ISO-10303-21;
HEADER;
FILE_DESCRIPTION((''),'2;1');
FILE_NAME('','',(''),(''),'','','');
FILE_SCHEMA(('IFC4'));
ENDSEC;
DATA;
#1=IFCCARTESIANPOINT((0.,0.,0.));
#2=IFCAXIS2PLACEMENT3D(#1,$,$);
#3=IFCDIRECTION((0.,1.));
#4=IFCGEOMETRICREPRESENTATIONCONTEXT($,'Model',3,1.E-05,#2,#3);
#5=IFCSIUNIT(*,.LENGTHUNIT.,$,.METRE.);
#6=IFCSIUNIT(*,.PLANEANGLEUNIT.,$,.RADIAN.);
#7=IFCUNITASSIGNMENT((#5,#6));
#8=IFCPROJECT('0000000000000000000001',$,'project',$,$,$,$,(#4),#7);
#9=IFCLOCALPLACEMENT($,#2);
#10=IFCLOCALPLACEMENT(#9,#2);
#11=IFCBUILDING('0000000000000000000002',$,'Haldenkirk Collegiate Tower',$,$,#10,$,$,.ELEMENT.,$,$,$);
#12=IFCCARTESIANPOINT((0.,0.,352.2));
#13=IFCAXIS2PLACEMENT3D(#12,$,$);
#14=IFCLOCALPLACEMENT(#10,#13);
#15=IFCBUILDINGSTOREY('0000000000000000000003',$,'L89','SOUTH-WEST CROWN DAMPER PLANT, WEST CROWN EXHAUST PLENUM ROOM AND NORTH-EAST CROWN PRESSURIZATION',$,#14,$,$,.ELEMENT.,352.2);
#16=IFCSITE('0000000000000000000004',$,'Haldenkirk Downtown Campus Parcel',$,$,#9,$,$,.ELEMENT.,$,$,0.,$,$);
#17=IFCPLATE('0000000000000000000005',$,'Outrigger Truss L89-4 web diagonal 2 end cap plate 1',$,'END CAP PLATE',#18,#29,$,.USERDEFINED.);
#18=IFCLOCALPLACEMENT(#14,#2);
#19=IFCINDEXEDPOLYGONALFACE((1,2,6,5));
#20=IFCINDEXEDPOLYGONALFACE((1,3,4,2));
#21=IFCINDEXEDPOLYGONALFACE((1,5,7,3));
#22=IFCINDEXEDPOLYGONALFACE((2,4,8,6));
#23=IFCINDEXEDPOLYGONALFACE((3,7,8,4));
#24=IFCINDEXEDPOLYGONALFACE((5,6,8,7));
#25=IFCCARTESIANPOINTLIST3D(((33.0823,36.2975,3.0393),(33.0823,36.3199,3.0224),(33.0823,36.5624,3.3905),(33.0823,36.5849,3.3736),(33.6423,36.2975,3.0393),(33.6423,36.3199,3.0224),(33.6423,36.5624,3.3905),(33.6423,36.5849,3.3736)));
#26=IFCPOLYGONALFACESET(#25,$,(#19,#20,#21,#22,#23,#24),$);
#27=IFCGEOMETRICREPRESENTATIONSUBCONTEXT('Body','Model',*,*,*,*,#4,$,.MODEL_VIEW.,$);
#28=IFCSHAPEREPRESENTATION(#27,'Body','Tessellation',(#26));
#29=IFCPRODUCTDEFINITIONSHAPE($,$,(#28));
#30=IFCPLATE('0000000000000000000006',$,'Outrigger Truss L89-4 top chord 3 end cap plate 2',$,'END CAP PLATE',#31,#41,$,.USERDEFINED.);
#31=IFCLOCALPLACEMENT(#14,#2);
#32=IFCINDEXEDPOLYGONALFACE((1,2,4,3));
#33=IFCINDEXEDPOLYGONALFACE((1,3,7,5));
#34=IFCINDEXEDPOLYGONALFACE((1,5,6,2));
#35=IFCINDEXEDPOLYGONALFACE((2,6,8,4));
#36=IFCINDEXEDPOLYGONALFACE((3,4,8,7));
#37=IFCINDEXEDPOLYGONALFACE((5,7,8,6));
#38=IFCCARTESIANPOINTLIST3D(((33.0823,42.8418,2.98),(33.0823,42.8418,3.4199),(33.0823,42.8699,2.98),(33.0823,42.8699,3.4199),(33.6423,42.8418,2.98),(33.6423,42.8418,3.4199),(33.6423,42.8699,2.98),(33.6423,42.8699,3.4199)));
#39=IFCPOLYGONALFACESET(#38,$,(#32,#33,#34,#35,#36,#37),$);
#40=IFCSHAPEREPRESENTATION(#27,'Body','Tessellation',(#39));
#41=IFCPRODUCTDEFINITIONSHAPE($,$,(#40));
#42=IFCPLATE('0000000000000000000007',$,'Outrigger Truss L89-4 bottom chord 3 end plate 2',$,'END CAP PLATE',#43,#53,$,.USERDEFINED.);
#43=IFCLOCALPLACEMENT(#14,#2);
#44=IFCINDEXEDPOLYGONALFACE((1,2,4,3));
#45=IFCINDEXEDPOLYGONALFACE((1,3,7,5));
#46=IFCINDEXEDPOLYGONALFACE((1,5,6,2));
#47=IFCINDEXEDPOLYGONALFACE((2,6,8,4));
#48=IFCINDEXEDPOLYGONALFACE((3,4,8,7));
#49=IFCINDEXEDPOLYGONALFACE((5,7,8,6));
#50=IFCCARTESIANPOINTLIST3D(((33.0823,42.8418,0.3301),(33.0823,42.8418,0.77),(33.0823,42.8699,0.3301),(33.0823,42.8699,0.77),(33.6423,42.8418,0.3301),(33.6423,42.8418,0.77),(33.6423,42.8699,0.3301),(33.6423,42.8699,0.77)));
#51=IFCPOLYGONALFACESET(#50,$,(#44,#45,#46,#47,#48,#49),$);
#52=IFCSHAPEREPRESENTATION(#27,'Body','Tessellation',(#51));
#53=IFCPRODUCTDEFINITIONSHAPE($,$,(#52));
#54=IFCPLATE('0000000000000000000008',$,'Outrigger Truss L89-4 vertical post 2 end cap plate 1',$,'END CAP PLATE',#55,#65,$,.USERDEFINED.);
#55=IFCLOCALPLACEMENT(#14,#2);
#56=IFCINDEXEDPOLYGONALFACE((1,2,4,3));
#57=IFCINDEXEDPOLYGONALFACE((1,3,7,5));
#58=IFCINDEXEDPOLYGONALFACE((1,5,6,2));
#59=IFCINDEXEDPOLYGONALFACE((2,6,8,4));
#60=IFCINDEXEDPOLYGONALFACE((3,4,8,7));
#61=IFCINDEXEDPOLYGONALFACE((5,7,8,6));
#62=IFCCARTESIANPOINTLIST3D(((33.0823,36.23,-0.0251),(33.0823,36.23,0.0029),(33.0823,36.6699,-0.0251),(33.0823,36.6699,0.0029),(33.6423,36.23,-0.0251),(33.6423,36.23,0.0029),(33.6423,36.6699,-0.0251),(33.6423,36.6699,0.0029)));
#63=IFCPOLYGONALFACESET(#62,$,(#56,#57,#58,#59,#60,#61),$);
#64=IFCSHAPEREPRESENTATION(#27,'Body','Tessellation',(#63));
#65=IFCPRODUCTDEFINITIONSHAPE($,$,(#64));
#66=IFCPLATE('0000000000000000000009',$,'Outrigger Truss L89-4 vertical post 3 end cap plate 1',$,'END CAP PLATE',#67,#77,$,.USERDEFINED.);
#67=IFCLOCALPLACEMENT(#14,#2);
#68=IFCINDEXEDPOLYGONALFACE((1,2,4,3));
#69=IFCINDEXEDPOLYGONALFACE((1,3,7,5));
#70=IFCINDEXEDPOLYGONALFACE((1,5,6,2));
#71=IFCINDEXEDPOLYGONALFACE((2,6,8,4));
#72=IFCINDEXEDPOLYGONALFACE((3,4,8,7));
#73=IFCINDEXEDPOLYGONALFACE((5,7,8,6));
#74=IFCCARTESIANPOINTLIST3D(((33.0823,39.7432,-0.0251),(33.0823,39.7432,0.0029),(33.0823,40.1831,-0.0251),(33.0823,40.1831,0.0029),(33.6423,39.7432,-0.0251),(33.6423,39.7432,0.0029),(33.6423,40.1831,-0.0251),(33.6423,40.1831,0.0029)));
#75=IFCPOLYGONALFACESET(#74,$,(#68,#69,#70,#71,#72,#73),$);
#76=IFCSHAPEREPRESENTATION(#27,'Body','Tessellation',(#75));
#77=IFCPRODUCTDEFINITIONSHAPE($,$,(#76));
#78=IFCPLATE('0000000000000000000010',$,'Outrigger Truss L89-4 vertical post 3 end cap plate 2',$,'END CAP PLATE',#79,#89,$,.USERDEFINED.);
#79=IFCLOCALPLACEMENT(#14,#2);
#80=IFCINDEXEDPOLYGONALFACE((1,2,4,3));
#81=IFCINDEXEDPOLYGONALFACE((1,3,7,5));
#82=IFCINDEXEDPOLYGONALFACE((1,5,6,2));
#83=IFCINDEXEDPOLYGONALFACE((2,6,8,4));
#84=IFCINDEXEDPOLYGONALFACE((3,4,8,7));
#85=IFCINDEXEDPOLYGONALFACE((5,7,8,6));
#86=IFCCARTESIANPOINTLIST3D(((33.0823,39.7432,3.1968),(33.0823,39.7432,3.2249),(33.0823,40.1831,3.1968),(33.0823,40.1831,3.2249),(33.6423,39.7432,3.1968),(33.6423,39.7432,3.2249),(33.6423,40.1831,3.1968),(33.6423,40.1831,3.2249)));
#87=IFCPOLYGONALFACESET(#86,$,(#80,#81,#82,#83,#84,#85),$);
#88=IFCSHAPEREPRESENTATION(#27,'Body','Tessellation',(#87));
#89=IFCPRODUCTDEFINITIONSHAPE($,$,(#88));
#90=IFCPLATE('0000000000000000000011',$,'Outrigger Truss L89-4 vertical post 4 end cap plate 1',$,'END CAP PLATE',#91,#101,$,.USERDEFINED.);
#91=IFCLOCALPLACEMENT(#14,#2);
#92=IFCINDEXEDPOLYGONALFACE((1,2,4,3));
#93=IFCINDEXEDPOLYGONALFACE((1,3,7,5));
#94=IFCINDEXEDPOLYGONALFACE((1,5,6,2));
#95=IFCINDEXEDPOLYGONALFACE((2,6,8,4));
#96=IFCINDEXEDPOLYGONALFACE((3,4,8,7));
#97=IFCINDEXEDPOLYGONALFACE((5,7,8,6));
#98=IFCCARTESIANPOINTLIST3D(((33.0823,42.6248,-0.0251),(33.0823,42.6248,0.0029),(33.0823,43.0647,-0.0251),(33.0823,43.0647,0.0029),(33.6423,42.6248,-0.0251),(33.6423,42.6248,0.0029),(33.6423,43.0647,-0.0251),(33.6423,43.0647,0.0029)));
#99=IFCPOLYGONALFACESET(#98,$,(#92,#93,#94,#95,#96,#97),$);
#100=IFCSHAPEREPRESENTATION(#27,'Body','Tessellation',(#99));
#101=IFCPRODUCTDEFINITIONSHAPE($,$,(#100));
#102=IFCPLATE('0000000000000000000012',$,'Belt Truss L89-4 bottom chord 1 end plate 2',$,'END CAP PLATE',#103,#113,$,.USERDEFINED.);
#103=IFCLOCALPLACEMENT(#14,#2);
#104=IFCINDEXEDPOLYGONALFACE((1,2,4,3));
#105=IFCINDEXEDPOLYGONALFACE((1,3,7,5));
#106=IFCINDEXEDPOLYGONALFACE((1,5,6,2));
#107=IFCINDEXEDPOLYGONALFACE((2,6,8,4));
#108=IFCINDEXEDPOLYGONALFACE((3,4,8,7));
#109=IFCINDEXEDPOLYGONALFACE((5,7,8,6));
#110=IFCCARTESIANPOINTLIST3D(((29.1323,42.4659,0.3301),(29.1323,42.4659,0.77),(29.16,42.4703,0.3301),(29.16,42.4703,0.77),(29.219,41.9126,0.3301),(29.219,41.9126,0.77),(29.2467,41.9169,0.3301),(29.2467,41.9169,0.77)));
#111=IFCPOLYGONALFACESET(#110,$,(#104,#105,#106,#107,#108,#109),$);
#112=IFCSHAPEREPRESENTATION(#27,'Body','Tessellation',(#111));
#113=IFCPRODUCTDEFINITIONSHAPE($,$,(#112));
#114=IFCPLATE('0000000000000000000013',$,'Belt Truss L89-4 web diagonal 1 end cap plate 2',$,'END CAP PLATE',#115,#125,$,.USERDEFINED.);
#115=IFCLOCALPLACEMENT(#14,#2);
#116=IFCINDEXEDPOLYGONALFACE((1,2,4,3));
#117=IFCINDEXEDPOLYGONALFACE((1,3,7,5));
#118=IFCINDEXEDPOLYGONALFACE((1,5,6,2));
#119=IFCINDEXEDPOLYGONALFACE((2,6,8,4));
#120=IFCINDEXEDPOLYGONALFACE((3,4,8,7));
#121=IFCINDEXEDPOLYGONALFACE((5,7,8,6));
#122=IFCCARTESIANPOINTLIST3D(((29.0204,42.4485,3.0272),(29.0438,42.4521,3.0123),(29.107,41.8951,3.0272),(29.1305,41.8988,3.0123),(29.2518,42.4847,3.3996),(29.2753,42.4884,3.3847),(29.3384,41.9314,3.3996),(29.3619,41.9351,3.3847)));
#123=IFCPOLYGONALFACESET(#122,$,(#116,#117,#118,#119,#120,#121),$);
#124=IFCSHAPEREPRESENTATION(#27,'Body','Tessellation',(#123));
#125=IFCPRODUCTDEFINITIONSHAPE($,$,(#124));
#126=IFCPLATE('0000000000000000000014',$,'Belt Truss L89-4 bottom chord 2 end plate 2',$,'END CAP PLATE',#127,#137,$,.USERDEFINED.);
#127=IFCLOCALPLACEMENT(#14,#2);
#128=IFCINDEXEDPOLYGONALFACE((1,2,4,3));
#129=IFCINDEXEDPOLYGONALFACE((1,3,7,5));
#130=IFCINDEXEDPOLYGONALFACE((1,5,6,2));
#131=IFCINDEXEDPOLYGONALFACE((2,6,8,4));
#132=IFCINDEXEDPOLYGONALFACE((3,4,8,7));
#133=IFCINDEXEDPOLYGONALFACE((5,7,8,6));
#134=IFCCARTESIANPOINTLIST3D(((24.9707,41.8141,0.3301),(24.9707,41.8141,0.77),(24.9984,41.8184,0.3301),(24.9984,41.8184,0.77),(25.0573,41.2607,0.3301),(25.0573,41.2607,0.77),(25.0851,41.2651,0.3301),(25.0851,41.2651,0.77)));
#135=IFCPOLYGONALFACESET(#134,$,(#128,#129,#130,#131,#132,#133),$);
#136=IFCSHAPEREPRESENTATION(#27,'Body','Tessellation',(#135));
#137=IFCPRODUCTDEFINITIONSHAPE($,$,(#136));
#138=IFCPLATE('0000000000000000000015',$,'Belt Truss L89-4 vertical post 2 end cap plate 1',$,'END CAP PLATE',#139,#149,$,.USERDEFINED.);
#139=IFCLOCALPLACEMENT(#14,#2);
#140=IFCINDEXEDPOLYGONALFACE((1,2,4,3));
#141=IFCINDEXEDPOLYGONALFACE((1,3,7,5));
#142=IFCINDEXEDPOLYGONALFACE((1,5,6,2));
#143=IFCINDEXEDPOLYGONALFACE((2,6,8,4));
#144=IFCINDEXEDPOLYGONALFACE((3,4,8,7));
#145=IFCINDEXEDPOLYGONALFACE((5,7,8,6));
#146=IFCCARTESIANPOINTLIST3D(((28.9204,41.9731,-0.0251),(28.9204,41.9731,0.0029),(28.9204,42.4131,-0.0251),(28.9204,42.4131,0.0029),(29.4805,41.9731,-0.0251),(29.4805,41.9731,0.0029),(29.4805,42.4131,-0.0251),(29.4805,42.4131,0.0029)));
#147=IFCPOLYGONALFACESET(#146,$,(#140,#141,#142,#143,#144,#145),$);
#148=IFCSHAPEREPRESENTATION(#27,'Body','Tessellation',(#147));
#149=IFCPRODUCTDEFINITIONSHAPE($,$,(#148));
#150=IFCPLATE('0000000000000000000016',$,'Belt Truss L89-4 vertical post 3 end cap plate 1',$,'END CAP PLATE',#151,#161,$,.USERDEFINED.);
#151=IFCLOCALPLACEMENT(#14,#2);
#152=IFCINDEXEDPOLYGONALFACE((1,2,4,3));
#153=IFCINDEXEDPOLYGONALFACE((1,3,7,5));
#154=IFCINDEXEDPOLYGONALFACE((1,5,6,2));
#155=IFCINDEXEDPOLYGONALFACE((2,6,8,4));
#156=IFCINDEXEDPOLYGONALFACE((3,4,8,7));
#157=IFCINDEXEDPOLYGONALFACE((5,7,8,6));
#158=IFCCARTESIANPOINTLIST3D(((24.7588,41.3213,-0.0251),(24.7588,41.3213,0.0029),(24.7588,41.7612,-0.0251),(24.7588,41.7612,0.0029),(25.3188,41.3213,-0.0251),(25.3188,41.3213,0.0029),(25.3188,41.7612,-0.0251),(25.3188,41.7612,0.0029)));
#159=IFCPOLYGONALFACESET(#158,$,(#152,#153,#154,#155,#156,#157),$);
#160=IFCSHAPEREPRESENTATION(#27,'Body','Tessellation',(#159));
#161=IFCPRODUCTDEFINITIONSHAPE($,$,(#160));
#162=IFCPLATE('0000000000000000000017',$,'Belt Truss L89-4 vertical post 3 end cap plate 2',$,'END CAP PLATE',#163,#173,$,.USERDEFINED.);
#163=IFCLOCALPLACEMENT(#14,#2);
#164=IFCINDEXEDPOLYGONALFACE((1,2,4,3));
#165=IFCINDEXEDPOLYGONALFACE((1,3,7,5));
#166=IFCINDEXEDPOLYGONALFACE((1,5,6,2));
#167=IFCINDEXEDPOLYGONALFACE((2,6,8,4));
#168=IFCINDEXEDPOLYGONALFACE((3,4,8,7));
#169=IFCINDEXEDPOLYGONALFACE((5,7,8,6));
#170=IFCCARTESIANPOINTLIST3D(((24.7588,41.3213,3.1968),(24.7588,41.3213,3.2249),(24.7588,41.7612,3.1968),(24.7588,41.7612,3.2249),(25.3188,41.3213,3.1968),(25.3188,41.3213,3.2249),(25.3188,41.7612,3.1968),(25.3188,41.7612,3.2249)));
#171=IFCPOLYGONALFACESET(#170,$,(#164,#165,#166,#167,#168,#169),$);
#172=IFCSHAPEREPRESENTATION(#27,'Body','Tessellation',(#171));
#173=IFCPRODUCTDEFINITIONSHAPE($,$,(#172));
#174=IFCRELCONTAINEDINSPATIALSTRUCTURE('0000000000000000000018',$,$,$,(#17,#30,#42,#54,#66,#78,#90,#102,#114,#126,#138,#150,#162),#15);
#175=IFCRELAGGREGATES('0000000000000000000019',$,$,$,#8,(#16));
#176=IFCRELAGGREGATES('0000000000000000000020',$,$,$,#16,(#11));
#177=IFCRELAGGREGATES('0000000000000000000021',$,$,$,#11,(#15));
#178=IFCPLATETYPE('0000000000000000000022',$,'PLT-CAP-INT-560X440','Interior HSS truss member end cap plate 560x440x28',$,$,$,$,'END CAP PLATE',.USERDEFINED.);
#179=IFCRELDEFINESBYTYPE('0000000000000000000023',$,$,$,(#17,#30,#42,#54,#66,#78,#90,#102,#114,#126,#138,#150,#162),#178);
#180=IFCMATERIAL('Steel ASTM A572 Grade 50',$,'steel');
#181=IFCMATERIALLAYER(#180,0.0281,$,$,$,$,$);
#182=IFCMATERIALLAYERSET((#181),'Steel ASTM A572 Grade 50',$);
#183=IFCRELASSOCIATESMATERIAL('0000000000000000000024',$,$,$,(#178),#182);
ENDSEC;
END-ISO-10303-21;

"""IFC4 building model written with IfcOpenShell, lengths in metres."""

from ifc_helpers import new_model, si_unit, direction, frame, origin, origin_2d, place, context, subcontext, project, spatial, rectangle, extrude, source, transform, mapped, material, layer, layer_set, type_object, element, save


model = new_model("IFC4")

# Units and contexts
model_context = context("Model", 3, precision=1e-05, world=origin(), true_north=direction((0.0, 1.0)))
body_context = subcontext(model_context, "Body", "Model", "MODEL_VIEW")
ifc_project = project(units=[si_unit("LENGTHUNIT", "METRE"), si_unit("PLANEANGLEUNIT", "RADIAN")], contexts=[model_context])

# Site, building, storey
site_placement = place(None, origin())
site = spatial("IfcSite", under=ifc_project, at=site_placement, Name="Haldenkirk Downtown Campus Parcel", CompositionType="ELEMENT", RefElevation=0.0)
building_placement = place(site_placement, origin())
building = spatial("IfcBuilding", under=site, at=building_placement, Name="Haldenkirk Collegiate Tower", CompositionType="ELEMENT")
storey_placement = place(building_placement, frame((0.0, 0.0, 352.2)))
storey = spatial("IfcBuildingStorey", under=building, at=storey_placement, Name="L89", Description="SOUTH-WEST CROWN DAMPER PLANT, WEST CROWN EXHAUST PLENUM ROOM AND NORTH-EAST CROWN PRESSURIZATION", CompositionType="ELEMENT", Elevation=352.2)

# Shared definitions
ifc_material_1 = material(Name="Steel ASTM A572 Grade 50", Category="steel")

# Plates
ifc_layer = layer(ifc_material_1, 0.0281)
ifc_layer_set = layer_set([ifc_layer], Name="Steel ASTM A572 Grade 50")
plate_type = type_object("IfcPlateType", Name="PLT-CAP-INT-560X440", Description="Interior HSS truss member end cap plate 560x440x28", ElementType="END CAP PLATE", PredefinedType="USERDEFINED", material=ifc_layer_set)
shared_shape = source(origin(), body_context, "Body", "SweptSolid", [
    extrude(rectangle(XDim=0.5601, YDim=0.4399, at=origin_2d()), origin(), (0.0, 0.0, 1.0), 0.0281),
])
for number, where, z_axis, x_axis, name in (
    (1, (33.3623, 36.4524, 3.198), (0.0, -0.798342, 0.602205), (1.0, 0.0, 0.0), "Outrigger Truss L89-4 web diagonal 2 end cap plate 1"),
    (2, (33.3623, 42.8418, 3.2), (0.0, 1.0, 0.0), (-1.0, 0.0, 0.0), "Outrigger Truss L89-4 top chord 3 end cap plate 2"),
    (3, (33.3623, 42.8418, 0.55), (0.0, 1.0, 0.0), (-1.0, 0.0, 0.0), "Outrigger Truss L89-4 bottom chord 3 end plate 2"),
    (4, (33.3623, 36.45, 0.0029), (0.0, 0.0, -1.0), (1.0, 0.0, 0.0), "Outrigger Truss L89-4 vertical post 2 end cap plate 1"),
    (5, (33.3623, 39.9631, 0.0029), (0.0, 0.0, -1.0), (1.0, 0.0, 0.0), "Outrigger Truss L89-4 vertical post 3 end cap plate 1"),
    (6, (33.3623, 39.9631, 3.1968), (0.0, 0.0, 1.0), (1.0, 0.0, 0.0), "Outrigger Truss L89-4 vertical post 3 end cap plate 2"),
    (7, (33.3623, 42.8447, 0.0029), (0.0, 0.0, -1.0), (1.0, 0.0, 0.0), "Outrigger Truss L89-4 vertical post 4 end cap plate 1"),
    (8, (29.2034, 42.1936, 0.55), (-0.98796, -0.154712, 0.0), (0.154712, -0.98796, 0.0), "Belt Truss L89-4 bottom chord 1 end plate 2"),
    (9, (29.2029, 42.1936, 3.1985), (-0.836253, -0.13095, 0.532479), (0.154706, -0.987961, 0.0), "Belt Truss L89-4 web diagonal 1 end cap plate 2"),
    (10, (25.0417, 41.5417, 0.55), (-0.98796, -0.154712, 0.0), (0.154712, -0.98796, 0.0), "Belt Truss L89-4 bottom chord 2 end plate 2"),
    (11, (29.2004, 42.1931, 0.0029), (0.0, 0.0, -1.0), (1.0, 0.0, 0.0), "Belt Truss L89-4 vertical post 2 end cap plate 1"),
    (12, (25.0388, 41.5413, 0.0029), (0.0, 0.0, -1.0), (1.0, 0.0, 0.0), "Belt Truss L89-4 vertical post 3 end cap plate 1"),
    (13, (25.0388, 41.5413, 3.1968), (0.0, 0.0, 1.0), (1.0, 0.0, 0.0), "Belt Truss L89-4 vertical post 3 end cap plate 2"),
):
    element("IfcPlate", number, at=place(storey_placement, frame(where, z_axis=z_axis, x_axis=x_axis)), inside=storey, type_object=plate_type, Name=name, ObjectType="END CAP PLATE", PredefinedType="USERDEFINED", context=body_context, shape_type="MappedRepresentation", body=[
        mapped(shared_shape, transform((0.0, 0.0, 0.0), x_axis=(1.0, 0.0, 0.0), y_axis=(0.0, 1.0, 0.0), z_axis=(0.0, 0.0, 1.0), scale=1.0)),
    ])

save(model, "model.ifc")
